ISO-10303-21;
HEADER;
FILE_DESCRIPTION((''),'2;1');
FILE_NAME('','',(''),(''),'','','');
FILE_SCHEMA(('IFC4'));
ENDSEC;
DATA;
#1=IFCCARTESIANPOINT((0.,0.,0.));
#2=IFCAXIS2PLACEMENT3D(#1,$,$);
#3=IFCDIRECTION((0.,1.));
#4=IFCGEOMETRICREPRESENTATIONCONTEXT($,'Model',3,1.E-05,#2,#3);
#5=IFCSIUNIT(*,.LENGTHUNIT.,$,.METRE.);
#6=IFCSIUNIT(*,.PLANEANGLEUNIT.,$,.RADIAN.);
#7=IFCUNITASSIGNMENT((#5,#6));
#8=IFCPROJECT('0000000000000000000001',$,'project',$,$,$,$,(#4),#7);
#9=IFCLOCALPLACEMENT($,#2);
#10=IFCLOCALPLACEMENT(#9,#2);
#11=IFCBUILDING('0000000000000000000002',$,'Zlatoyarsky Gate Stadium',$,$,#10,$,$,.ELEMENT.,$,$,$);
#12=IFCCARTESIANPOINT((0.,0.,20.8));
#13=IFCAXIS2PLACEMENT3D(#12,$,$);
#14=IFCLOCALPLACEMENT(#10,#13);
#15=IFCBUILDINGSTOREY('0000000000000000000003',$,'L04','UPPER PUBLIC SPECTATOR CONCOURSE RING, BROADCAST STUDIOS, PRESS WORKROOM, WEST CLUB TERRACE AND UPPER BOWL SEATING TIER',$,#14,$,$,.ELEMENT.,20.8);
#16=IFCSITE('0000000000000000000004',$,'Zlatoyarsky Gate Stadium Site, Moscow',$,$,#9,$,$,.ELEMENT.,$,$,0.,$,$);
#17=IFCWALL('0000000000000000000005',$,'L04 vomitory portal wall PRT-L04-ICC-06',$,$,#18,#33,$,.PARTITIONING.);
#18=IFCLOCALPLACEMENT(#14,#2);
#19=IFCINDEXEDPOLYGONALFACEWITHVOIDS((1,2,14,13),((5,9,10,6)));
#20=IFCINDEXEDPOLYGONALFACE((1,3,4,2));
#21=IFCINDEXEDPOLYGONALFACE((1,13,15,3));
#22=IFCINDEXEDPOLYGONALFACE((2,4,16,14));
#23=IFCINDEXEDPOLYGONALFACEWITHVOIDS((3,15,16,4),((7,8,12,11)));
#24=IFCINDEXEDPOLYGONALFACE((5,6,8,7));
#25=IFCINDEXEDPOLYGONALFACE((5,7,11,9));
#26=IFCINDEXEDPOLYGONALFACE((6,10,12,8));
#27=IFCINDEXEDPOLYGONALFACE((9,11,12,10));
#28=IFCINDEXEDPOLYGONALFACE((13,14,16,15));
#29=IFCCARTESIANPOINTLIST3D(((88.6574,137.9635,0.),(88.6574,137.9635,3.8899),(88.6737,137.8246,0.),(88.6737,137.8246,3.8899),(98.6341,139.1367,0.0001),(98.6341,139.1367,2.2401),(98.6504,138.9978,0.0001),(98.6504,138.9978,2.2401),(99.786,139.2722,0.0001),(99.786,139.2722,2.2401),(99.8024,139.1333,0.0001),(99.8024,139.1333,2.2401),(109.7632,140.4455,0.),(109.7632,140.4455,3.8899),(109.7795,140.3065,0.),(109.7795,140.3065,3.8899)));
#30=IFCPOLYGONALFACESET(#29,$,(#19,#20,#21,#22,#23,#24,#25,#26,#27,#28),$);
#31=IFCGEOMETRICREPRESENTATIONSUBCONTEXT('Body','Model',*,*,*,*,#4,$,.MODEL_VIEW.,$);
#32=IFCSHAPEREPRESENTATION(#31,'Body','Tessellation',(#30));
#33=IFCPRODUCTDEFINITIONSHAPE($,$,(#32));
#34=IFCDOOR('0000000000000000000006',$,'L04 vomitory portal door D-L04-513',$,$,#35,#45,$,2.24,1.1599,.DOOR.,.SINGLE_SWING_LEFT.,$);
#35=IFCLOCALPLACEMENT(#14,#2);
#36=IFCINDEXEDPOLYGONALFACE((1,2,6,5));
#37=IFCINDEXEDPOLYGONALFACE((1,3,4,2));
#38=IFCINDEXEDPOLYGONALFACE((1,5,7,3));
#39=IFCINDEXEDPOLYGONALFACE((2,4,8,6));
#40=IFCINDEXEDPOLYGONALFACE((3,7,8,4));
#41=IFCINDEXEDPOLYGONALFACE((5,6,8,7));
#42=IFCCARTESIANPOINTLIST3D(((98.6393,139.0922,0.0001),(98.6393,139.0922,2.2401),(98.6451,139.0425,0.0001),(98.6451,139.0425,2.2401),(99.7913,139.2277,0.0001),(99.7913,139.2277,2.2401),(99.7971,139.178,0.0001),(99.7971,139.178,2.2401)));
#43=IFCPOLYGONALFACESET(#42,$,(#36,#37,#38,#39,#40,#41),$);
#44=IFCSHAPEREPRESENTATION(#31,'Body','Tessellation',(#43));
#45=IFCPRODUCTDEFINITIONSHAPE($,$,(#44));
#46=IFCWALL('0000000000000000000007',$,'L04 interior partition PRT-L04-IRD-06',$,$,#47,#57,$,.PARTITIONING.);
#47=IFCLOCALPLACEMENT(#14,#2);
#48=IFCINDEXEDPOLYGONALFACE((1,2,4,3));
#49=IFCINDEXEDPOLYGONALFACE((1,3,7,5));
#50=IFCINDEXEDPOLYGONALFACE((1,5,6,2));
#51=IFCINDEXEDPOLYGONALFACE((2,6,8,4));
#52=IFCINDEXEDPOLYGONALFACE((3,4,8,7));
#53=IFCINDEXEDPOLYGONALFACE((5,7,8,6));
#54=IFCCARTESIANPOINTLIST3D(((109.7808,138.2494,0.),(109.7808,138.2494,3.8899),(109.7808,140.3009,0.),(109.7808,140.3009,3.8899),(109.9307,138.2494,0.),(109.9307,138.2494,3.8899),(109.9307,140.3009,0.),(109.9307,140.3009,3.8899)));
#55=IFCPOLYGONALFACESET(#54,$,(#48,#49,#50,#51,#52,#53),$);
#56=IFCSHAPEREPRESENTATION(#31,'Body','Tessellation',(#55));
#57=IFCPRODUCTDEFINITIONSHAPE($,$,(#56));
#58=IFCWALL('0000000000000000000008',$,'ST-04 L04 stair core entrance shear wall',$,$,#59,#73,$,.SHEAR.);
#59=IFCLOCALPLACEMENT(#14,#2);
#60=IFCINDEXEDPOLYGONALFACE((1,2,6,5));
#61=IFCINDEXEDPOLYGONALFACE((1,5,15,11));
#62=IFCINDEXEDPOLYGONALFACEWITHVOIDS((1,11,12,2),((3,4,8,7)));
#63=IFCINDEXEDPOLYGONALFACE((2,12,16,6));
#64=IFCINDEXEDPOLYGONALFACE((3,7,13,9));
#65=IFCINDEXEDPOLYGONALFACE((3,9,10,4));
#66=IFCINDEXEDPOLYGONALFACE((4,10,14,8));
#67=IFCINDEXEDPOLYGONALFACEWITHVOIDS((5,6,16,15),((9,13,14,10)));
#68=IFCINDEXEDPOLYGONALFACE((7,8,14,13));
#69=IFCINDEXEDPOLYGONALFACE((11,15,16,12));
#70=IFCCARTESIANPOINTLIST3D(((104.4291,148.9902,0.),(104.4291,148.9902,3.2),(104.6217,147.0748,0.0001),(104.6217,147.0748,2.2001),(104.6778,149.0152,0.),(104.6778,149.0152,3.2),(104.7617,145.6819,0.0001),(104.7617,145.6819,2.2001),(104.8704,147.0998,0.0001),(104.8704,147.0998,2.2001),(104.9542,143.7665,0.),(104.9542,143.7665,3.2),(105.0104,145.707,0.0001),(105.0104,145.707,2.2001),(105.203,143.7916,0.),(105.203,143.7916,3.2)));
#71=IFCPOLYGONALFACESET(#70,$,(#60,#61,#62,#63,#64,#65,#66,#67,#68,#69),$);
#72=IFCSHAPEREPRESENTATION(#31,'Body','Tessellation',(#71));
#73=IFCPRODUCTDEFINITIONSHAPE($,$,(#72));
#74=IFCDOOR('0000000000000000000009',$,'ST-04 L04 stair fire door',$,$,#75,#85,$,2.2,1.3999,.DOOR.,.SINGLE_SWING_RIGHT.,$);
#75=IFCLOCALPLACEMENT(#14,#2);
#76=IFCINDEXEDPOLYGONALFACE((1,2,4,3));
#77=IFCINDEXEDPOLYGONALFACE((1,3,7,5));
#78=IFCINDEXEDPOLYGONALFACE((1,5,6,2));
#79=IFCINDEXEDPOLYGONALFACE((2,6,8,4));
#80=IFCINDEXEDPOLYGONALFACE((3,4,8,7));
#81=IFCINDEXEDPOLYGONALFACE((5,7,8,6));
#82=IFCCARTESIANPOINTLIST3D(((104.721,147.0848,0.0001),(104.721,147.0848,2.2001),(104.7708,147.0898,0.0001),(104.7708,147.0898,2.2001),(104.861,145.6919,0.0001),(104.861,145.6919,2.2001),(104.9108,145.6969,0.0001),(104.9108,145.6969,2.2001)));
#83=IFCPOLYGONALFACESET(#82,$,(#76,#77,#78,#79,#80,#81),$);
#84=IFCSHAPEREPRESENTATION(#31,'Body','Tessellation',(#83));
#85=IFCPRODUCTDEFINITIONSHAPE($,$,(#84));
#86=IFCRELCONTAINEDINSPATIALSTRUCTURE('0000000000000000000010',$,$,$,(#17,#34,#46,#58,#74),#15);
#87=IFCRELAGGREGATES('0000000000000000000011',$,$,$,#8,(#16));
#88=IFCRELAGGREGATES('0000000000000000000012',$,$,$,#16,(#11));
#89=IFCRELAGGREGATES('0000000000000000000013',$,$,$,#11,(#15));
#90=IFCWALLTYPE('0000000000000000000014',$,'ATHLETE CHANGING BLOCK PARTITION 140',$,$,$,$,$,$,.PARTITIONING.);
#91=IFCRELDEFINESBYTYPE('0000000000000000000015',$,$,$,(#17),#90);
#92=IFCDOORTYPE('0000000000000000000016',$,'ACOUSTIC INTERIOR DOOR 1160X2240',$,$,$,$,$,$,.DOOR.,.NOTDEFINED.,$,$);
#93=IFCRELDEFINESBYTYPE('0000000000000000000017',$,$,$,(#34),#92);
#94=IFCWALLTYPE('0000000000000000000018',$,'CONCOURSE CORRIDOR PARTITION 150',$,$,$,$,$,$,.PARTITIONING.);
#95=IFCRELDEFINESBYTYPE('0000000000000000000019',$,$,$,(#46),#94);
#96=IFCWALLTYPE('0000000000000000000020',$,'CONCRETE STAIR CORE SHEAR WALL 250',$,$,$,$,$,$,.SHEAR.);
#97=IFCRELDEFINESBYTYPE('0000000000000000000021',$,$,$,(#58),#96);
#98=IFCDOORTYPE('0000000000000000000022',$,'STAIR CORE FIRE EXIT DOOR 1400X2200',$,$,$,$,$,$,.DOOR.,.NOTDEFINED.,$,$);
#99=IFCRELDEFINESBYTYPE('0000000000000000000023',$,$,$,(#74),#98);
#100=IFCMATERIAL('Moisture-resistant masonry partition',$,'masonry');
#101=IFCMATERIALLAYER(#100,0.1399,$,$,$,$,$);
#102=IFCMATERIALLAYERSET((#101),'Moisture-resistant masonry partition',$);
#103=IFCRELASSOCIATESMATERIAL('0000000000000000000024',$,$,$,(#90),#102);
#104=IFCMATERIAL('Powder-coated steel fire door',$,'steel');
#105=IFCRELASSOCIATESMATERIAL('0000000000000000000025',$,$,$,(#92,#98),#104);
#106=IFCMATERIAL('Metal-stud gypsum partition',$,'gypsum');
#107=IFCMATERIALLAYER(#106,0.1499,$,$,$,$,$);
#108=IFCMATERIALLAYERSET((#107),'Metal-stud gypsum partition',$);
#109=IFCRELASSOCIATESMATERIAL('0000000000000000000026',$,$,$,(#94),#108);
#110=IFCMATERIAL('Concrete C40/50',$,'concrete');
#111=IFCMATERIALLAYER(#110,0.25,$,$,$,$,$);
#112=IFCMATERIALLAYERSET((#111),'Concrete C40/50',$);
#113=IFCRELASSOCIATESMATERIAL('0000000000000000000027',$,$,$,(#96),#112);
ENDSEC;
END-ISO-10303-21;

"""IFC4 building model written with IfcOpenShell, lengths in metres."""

from ifc_helpers import new_model, si_unit, direction, frame, frame_2d, origin, place, context, subcontext, project, spatial, rectangle, extrude, material, layer, layer_set, type_object, element, fill, save


model = new_model("IFC4")

# Units and contexts
model_context = context("Model", 3, precision=1e-05, world=origin(), true_north=direction((0.0, 1.0)))
body_context = subcontext(model_context, "Body", "Model", "MODEL_VIEW")
ifc_project = project(units=[si_unit("LENGTHUNIT", "METRE"), si_unit("PLANEANGLEUNIT", "RADIAN")], contexts=[model_context])

# Site, building, storey
site_placement = place(None, origin())
site = spatial("IfcSite", under=ifc_project, at=site_placement, Name="Zlatoyarsky Gate Stadium Site, Moscow", CompositionType="ELEMENT", RefElevation=0.0)
building_placement = place(site_placement, origin())
building = spatial("IfcBuilding", under=site, at=building_placement, Name="Zlatoyarsky Gate Stadium", CompositionType="ELEMENT")
storey_placement = place(building_placement, frame((0.0, 0.0, 20.8)))
storey = spatial("IfcBuildingStorey", under=building, at=storey_placement, Name="L04", Description="UPPER PUBLIC SPECTATOR CONCOURSE RING, BROADCAST STUDIOS, PRESS WORKROOM, WEST CLUB TERRACE AND UPPER BOWL SEATING TIER", CompositionType="ELEMENT", Elevation=20.8)

# Shared definitions
ifc_material_1 = material(Name="Concrete C40/50", Category="concrete")

# Wall, opening, door
ifc_material_2 = material(Name="Moisture-resistant masonry partition", Category="masonry")
ifc_layer_1 = layer(ifc_material_2, 0.1399)
ifc_layer_set_1 = layer_set([ifc_layer_1], Name="Moisture-resistant masonry partition")
wall_type_1 = type_object("IfcWallType", Name="ATHLETE CHANGING BLOCK PARTITION 140", PredefinedType="PARTITIONING", material=ifc_layer_set_1)
wall_1_placement = place(storey_placement, frame((109.7712, 140.376, 0.0), z_axis=(0.0, 0.0, 1.0), x_axis=(-0.993157, -0.116791, 0.0)))
wall_1 = element("IfcWall", 1, at=wall_1_placement, inside=storey, type_object=wall_type_1, Name="L04 vomitory portal wall PRT-L04-ICC-06", PredefinedType="PARTITIONING", context=body_context, shape_type="SweptSolid", body=[
    extrude(rectangle(XDim=21.2512, YDim=0.1399, at=frame_2d((10.6255, 0.0))), origin(), (0.0, 0.0, 1.0), 3.8899),
])
opening_1_placement = place(wall_1_placement, frame((10.0457, 0.0, 0.0)))
opening_1 = element("IfcOpeningElement", 2, at=opening_1_placement, cuts=wall_1, PredefinedType="OPENING", context=body_context, shape_type="SweptSolid", body=[
    extrude(rectangle(XDim=1.1599, YDim=2.24, at=frame_2d((0.5801, 1.1201))), frame((0.0, 0.0798, 0.0), z_axis=(0.0, -1.0, 0.0), x_axis=(1.0, 0.0, 0.0)), (0.0, 0.0, 1.0), 0.1599),
])
ifc_material_3 = material(Name="Powder-coated steel fire door", Category="steel")
door_type_1 = type_object("IfcDoorType", Name="ACOUSTIC INTERIOR DOOR 1160X2240", OperationType="NOTDEFINED", PredefinedType="DOOR", material=ifc_material_3)
door_1_placement = place(opening_1_placement, origin())
door_1 = element("IfcDoor", 3, at=door_1_placement, inside=storey, type_object=door_type_1, Name="L04 vomitory portal door D-L04-513", OperationType="SINGLE_SWING_LEFT", OverallHeight=2.24, OverallWidth=1.1599, PredefinedType="DOOR", context=body_context, shape_type="SweptSolid", body=[
    extrude(rectangle(XDim=1.1599, YDim=2.24, at=frame_2d((0.5801, 1.1201))), frame((0.0, 0.0249, 0.0), z_axis=(0.0, -1.0, 0.0), x_axis=(1.0, 0.0, 0.0)), (0.0, 0.0, 1.0), 0.05),
])
fill(opening_1, door_1)

# Wall
ifc_material_4 = material(Name="Metal-stud gypsum partition", Category="gypsum")
ifc_layer_2 = layer(ifc_material_4, 0.1499)
ifc_layer_set_2 = layer_set([ifc_layer_2], Name="Metal-stud gypsum partition")
wall_type_2 = type_object("IfcWallType", Name="CONCOURSE CORRIDOR PARTITION 150", PredefinedType="PARTITIONING", material=ifc_layer_set_2)
wall_2_placement = place(storey_placement, frame((109.8557, 138.2493, 0.0), z_axis=(0.0, 0.0, 1.0), x_axis=(0.0, 1.0, 0.0)))
element("IfcWall", 4, at=wall_2_placement, inside=storey, type_object=wall_type_2, Name="L04 interior partition PRT-L04-IRD-06", PredefinedType="PARTITIONING", context=body_context, shape_type="SweptSolid", body=[
    extrude(rectangle(XDim=2.0515, YDim=0.1499, at=frame_2d((1.0259, 0.0))), origin(), (0.0, 0.0, 1.0), 3.8899),
])

# Wall, opening, door
ifc_layer_3 = layer(ifc_material_1, 0.25)
ifc_layer_set_3 = layer_set([ifc_layer_3], Name="Concrete C40/50")
wall_type_3 = type_object("IfcWallType", Name="CONCRETE STAIR CORE SHEAR WALL 250", PredefinedType="SHEAR", material=ifc_layer_set_3)
wall_3_placement = place(storey_placement, frame((105.0786, 143.7791, 0.0), z_axis=(0.0, 0.0, 1.0), x_axis=(-0.100029, 0.994985, 0.0)))
wall_3 = element("IfcWall", 5, at=wall_3_placement, inside=storey, type_object=wall_type_3, Name="ST-04 L04 stair core entrance shear wall", PredefinedType="SHEAR", context=body_context, shape_type="SweptSolid", body=[
    extrude(rectangle(XDim=5.25, YDim=0.25, at=frame_2d((2.625, 0.0))), origin(), (0.0, 0.0, 1.0), 3.2),
])
opening_2_placement = place(wall_3_placement, frame((1.925, 0.0, 0.0)))
opening_2 = element("IfcOpeningElement", 6, at=opening_2_placement, cuts=wall_3, PredefinedType="OPENING", context=body_context, shape_type="SweptSolid", body=[
    extrude(rectangle(XDim=1.3999, YDim=2.2, at=frame_2d((0.7, 1.1001))), frame((0.0, 0.135, 0.0), z_axis=(0.0, -1.0, 0.0), x_axis=(1.0, 0.0, 0.0)), (0.0, 0.0, 1.0), 0.27),
])
door_type_2 = type_object("IfcDoorType", Name="STAIR CORE FIRE EXIT DOOR 1400X2200", OperationType="NOTDEFINED", PredefinedType="DOOR", material=ifc_material_3)
door_2_placement = place(opening_2_placement, frame((1.3999, 0.0, 0.0), z_axis=(0.0, 0.0, 1.0), x_axis=(-1.0, 0.0, 0.0)))
door_2 = element("IfcDoor", 7, at=door_2_placement, inside=storey, type_object=door_type_2, Name="ST-04 L04 stair fire door", OperationType="SINGLE_SWING_RIGHT", OverallHeight=2.2, OverallWidth=1.3999, PredefinedType="DOOR", context=body_context, shape_type="SweptSolid", body=[
    extrude(rectangle(XDim=1.3999, YDim=2.2, at=frame_2d((0.7, 1.1001))), frame((0.0, 0.0249, 0.0), z_axis=(0.0, -1.0, 0.0), x_axis=(1.0, 0.0, 0.0)), (0.0, 0.0, 1.0), 0.05),
])
fill(opening_2, door_2)

save(model, "model.ifc")
